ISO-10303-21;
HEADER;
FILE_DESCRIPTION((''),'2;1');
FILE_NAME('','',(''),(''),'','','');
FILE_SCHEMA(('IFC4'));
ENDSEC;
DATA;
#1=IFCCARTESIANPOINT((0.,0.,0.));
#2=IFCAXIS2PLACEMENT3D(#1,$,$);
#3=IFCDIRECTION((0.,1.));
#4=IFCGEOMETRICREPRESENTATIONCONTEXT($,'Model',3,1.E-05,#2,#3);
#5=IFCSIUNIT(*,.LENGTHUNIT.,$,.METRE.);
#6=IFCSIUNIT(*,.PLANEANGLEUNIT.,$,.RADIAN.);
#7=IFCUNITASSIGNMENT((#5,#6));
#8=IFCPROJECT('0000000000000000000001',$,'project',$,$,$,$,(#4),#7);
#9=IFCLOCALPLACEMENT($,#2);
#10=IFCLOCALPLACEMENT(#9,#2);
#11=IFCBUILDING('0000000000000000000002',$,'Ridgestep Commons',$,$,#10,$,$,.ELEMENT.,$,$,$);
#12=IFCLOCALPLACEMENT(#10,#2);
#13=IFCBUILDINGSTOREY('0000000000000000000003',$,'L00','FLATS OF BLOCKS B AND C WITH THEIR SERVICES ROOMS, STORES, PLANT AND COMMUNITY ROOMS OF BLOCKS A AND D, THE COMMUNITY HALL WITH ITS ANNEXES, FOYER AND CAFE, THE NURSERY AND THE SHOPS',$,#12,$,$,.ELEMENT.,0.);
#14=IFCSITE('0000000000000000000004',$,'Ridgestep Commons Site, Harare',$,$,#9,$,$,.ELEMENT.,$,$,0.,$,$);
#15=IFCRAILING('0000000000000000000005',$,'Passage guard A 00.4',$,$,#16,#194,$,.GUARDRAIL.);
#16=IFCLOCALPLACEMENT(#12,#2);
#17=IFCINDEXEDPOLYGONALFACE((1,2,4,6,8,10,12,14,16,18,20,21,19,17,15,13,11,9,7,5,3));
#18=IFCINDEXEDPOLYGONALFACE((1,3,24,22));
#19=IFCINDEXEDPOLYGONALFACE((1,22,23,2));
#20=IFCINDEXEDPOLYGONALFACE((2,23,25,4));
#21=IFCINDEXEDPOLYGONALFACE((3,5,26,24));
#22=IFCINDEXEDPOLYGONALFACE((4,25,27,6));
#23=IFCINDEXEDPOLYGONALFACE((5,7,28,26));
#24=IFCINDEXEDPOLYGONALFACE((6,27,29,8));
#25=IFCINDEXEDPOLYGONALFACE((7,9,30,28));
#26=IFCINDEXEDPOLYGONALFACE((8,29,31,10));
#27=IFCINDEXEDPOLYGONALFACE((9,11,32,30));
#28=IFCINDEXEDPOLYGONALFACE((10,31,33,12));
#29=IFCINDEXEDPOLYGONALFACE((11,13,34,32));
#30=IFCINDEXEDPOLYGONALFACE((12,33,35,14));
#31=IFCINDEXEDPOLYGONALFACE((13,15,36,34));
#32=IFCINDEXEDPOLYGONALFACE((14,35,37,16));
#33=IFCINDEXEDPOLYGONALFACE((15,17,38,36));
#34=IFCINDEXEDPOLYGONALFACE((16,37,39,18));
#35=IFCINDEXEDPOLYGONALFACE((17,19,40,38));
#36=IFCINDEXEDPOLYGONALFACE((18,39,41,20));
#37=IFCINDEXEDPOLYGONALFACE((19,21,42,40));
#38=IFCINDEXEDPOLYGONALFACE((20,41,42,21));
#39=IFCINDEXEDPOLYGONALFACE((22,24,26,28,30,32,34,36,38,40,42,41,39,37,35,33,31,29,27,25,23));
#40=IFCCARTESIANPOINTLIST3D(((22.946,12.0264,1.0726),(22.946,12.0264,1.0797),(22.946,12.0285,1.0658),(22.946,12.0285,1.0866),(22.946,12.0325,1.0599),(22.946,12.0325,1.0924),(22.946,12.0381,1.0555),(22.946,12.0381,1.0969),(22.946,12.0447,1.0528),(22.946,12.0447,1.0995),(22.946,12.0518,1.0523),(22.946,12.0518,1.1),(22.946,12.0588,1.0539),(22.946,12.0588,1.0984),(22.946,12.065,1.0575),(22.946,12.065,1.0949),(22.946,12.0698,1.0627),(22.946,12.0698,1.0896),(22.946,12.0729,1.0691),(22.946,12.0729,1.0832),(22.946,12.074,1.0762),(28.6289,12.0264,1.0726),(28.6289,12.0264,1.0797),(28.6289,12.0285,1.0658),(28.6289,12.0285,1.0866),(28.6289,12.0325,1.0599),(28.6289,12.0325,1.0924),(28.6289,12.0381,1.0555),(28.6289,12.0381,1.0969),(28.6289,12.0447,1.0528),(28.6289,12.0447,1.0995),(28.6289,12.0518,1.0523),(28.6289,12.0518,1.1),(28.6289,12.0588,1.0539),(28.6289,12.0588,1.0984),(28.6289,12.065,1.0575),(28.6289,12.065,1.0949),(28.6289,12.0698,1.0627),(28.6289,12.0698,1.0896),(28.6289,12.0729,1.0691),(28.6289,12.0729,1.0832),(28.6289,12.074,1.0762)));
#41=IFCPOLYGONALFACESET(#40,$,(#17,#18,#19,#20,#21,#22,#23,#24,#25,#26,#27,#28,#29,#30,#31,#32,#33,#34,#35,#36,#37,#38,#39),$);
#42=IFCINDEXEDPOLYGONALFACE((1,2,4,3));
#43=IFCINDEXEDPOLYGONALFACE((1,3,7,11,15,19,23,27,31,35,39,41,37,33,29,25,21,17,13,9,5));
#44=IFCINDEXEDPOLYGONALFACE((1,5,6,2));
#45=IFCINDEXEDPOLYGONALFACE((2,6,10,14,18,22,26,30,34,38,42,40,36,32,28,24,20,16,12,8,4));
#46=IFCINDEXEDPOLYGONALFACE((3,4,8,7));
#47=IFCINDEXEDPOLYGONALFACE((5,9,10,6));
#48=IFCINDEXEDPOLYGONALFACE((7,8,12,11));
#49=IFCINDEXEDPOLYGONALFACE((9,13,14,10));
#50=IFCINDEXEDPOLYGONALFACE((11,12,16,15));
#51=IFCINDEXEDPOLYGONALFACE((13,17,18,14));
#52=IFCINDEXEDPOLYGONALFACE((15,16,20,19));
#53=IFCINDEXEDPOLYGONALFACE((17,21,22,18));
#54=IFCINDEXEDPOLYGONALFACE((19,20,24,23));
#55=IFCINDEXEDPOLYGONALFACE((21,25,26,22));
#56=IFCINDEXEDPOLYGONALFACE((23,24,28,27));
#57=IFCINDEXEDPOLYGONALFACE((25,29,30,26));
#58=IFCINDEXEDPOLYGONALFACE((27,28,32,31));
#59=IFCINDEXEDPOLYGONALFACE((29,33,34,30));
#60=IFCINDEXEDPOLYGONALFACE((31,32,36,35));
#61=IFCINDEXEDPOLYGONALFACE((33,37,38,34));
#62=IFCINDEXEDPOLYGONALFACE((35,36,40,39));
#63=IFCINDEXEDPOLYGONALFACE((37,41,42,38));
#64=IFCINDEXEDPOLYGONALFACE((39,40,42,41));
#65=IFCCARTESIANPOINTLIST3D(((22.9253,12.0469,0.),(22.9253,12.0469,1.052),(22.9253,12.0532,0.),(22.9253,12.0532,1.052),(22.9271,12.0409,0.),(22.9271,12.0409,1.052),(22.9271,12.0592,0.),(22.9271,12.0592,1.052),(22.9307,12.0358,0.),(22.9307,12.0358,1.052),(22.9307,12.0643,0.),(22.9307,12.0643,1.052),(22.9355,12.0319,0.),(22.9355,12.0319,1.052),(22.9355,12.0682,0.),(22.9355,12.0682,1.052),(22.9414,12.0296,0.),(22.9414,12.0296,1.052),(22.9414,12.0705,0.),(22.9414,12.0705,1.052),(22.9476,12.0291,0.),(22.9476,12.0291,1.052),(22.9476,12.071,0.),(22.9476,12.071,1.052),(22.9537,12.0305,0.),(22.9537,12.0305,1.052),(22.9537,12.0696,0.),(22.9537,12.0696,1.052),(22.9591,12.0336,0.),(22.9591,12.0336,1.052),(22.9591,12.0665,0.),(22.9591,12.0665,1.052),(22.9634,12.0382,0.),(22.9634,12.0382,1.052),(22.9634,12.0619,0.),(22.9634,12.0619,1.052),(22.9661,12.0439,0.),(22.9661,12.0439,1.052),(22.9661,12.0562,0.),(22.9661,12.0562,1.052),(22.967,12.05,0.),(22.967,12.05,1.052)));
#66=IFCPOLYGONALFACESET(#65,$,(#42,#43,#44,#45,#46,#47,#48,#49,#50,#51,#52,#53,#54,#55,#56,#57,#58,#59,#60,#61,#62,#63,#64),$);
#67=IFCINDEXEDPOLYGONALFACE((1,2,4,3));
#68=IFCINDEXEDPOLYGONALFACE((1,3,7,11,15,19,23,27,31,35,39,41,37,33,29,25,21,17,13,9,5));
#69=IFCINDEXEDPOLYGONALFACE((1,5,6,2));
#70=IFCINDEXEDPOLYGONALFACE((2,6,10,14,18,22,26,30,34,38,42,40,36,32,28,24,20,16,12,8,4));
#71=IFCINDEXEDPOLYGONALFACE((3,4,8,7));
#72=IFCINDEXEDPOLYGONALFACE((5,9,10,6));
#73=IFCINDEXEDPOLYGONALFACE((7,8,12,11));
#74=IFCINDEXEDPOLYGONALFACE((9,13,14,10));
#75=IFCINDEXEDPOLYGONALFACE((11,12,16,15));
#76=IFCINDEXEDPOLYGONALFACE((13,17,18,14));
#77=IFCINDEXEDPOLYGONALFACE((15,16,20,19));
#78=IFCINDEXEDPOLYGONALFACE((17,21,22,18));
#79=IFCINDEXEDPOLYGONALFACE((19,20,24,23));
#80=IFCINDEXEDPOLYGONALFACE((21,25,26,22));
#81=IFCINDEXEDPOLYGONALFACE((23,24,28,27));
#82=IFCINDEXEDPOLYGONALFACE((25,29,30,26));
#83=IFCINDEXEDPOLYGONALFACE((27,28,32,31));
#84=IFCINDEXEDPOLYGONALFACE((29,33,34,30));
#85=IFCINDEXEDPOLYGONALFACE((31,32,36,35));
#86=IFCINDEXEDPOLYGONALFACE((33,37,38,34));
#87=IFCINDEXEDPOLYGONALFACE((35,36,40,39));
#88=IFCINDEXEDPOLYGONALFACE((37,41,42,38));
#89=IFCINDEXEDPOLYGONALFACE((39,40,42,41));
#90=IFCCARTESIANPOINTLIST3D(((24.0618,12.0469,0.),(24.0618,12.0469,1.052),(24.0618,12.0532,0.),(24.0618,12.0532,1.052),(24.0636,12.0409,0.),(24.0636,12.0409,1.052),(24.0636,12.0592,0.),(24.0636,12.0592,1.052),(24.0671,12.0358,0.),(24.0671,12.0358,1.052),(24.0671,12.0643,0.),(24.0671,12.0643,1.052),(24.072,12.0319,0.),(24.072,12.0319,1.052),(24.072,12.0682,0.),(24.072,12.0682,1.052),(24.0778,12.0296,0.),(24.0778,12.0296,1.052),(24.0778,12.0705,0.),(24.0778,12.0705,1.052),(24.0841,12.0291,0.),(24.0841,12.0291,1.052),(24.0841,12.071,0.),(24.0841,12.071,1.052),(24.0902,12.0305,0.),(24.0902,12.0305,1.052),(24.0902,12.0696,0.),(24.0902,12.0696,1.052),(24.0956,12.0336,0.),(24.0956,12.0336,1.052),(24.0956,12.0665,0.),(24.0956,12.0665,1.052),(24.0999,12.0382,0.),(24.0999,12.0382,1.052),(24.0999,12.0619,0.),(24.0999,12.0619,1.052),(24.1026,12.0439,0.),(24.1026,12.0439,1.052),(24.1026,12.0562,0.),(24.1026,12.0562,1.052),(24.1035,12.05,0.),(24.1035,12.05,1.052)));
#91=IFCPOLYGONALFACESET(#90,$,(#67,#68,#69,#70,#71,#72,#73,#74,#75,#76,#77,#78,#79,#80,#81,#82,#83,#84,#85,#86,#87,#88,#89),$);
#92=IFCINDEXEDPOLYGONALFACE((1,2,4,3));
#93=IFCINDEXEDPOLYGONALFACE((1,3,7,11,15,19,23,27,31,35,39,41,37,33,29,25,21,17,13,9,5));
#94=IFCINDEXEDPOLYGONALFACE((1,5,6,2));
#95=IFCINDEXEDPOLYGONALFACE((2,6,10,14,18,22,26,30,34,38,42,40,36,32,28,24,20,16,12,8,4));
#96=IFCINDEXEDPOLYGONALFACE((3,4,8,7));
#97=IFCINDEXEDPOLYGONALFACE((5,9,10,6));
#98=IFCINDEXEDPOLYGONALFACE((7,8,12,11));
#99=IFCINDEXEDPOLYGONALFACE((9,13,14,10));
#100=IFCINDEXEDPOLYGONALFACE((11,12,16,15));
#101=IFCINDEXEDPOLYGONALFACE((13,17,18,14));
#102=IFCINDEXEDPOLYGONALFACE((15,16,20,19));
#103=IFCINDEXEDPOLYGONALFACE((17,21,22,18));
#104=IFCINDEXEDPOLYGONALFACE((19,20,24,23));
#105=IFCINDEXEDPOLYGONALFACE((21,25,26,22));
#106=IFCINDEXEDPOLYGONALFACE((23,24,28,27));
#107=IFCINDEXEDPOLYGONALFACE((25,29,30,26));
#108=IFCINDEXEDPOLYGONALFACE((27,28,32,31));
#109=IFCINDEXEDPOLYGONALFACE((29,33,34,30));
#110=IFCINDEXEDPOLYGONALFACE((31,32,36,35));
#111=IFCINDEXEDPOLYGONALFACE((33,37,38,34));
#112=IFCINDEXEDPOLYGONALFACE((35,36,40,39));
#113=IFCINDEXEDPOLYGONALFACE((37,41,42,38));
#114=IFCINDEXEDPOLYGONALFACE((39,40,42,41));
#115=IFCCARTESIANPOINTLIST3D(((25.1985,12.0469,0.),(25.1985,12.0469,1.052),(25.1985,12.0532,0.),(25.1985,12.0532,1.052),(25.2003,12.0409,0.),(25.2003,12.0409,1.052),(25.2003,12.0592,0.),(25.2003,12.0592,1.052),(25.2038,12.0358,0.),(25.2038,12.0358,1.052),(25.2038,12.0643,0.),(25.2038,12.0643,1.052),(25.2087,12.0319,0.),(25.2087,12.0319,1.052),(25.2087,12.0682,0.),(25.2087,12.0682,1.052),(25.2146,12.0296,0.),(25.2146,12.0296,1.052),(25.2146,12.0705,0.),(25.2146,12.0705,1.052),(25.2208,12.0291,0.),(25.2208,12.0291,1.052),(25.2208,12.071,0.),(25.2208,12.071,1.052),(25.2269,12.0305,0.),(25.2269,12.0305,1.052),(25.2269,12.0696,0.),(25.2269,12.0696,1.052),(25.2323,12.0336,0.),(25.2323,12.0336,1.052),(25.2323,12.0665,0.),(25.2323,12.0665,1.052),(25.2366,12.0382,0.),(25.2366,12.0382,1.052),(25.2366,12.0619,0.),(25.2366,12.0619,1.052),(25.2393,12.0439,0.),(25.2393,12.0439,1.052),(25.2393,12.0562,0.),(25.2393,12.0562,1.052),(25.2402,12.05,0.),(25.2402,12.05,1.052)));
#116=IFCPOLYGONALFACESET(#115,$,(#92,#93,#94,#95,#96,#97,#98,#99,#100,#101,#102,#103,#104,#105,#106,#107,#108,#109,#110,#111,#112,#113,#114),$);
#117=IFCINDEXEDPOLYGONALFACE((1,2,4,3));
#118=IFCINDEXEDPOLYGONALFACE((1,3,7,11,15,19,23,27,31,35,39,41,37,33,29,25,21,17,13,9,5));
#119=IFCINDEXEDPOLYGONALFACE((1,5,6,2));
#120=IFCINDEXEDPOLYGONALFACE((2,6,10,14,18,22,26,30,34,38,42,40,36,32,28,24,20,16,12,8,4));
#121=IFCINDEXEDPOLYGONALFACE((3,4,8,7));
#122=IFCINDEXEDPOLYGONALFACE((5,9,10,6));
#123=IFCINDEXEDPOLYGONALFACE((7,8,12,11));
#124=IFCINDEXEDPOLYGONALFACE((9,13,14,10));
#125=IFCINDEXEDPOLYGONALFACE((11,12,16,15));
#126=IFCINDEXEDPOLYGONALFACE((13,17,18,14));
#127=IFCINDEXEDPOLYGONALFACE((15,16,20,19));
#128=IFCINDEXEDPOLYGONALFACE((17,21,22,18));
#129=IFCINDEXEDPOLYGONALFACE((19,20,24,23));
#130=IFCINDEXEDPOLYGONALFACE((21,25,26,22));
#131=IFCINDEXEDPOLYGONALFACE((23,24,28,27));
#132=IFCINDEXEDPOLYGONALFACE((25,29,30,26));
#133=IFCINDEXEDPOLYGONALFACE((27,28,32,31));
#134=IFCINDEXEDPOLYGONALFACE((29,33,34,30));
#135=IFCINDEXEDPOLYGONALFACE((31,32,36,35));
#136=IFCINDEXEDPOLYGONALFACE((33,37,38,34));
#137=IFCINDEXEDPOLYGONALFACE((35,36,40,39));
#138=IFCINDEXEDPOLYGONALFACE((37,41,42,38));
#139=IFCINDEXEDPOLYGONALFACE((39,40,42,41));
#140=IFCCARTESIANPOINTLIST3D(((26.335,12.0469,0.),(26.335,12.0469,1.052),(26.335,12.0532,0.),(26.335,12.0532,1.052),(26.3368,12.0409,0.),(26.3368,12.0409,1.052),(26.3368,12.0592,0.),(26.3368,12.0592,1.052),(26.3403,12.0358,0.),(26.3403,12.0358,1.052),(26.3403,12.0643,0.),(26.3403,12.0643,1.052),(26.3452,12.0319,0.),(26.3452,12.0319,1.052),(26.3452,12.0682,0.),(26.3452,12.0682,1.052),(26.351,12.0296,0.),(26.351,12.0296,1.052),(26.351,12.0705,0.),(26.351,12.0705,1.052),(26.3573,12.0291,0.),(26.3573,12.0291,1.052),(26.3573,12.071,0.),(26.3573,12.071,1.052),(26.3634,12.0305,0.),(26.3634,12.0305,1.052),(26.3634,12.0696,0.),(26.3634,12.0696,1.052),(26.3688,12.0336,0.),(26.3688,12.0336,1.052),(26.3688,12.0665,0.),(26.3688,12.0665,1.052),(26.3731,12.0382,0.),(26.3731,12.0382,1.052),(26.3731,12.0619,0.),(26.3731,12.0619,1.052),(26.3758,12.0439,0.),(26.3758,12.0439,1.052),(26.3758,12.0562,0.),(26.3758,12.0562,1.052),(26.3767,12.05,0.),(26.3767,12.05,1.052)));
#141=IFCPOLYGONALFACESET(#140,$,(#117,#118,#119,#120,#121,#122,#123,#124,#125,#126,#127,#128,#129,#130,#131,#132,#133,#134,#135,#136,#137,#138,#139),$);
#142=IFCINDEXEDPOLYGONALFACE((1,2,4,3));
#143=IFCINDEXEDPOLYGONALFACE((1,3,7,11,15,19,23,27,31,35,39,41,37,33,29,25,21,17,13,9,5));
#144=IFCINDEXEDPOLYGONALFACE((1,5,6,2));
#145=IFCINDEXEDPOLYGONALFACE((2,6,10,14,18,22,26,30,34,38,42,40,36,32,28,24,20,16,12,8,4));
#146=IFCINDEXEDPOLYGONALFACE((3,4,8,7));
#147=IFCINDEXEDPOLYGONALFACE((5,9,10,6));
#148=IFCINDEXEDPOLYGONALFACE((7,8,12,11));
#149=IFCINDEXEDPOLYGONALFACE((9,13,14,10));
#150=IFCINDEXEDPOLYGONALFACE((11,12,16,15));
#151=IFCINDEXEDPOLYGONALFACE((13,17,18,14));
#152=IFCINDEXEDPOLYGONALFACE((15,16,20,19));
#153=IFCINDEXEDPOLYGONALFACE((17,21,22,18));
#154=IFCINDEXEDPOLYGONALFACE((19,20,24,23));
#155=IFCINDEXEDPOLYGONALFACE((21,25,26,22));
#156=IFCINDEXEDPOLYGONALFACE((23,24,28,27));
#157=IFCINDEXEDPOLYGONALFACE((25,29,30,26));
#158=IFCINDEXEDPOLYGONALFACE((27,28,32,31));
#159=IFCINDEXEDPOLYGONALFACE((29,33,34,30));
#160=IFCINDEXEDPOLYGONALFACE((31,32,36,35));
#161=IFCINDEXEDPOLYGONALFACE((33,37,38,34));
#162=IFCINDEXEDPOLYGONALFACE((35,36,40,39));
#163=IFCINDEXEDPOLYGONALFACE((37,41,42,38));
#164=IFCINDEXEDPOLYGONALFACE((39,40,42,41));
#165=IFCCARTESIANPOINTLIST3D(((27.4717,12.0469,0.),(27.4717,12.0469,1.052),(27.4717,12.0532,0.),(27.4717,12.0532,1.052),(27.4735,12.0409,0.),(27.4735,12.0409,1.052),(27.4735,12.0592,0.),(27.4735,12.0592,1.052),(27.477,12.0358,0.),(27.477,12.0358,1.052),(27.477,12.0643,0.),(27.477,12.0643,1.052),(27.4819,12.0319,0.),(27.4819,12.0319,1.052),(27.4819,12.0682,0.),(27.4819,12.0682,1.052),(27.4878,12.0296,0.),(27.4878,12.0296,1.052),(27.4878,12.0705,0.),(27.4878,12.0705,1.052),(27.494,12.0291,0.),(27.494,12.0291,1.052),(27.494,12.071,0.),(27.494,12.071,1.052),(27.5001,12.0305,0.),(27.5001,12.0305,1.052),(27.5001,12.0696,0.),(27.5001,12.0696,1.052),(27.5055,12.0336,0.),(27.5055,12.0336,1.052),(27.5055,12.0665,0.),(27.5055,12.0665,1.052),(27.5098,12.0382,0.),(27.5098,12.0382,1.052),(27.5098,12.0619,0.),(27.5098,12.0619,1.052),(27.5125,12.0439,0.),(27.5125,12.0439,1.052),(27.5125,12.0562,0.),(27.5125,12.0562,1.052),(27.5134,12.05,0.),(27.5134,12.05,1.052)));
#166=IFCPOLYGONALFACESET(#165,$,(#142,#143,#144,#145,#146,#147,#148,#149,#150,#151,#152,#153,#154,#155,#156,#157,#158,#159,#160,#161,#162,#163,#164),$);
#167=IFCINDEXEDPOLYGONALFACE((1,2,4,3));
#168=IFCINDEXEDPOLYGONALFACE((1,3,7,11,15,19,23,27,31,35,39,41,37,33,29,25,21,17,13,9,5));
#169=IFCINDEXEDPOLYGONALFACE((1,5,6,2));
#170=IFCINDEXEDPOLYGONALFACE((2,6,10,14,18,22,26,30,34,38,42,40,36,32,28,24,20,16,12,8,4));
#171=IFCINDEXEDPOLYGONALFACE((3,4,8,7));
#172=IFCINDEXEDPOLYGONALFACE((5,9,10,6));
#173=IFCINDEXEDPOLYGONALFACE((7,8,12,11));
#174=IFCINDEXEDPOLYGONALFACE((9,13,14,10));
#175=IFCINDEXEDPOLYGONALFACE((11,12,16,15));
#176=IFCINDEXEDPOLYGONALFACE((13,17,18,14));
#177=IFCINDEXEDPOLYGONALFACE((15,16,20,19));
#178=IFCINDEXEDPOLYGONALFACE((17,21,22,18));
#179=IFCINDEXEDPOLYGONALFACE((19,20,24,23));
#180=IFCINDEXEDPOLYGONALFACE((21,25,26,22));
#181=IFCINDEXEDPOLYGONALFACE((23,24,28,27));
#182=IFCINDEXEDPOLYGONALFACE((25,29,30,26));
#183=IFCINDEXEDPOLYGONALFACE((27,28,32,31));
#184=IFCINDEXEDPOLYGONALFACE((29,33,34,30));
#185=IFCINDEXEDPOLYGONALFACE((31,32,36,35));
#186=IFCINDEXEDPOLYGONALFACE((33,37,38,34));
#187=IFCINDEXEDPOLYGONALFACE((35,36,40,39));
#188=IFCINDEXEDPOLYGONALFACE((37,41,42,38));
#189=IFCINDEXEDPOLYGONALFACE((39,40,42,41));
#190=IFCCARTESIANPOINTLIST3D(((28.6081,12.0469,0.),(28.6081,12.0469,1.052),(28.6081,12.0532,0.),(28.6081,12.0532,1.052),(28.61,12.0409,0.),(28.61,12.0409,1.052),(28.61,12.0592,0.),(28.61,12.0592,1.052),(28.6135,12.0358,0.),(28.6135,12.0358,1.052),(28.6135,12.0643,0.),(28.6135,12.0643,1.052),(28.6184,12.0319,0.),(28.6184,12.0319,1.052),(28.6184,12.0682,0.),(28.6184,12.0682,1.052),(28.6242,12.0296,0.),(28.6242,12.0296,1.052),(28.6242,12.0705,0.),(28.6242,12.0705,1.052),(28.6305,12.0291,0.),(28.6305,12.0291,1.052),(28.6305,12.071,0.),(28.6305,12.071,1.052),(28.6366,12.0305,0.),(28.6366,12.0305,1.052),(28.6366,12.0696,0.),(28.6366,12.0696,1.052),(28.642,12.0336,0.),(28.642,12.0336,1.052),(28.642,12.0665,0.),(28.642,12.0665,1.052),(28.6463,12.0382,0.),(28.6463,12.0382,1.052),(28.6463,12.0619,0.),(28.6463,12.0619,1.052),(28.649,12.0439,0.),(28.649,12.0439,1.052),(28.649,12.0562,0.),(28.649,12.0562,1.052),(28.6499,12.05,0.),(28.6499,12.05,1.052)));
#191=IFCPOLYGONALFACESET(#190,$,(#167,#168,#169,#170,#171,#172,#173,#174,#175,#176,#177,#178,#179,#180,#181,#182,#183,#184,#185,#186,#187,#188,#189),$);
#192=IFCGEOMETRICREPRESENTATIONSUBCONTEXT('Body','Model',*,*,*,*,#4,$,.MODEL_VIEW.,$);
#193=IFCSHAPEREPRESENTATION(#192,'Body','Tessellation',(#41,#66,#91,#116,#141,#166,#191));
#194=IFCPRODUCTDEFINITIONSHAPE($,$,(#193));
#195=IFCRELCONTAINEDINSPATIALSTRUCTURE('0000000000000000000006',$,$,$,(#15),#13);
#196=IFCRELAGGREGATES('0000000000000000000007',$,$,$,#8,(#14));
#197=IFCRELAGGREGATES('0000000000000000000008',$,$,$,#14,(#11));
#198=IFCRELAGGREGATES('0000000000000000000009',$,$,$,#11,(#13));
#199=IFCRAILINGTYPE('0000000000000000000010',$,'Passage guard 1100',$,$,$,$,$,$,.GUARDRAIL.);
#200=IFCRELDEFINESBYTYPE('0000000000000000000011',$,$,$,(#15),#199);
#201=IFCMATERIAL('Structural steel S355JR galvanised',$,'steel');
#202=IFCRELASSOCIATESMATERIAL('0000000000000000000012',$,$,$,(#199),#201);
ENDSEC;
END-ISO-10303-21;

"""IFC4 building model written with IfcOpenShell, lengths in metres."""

from ifc_helpers import new_model, si_unit, direction, frame, origin, origin_2d, place, context, subcontext, project, spatial, circle, extrude, material, type_object, element, save


model = new_model("IFC4")

# Units and contexts
model_context = context("Model", 3, precision=1e-05, world=origin(), true_north=direction((0.0, 1.0)))
body_context = subcontext(model_context, "Body", "Model", "MODEL_VIEW")
ifc_project = project(units=[si_unit("LENGTHUNIT", "METRE"), si_unit("PLANEANGLEUNIT", "RADIAN")], contexts=[model_context])

# Site, building, storey
site_placement = place(None, origin())
site = spatial("IfcSite", under=ifc_project, at=site_placement, Name="Ridgestep Commons Site, Harare", CompositionType="ELEMENT", RefElevation=0.0)
building_placement = place(site_placement, origin())
building = spatial("IfcBuilding", under=site, at=building_placement, Name="Ridgestep Commons", CompositionType="ELEMENT")
storey_placement = place(building_placement, origin())
storey = spatial("IfcBuildingStorey", under=building, at=storey_placement, Name="L00", Description="FLATS OF BLOCKS B AND C WITH THEIR SERVICES ROOMS, STORES, PLANT AND COMMUNITY ROOMS OF BLOCKS A AND D, THE COMMUNITY HALL WITH ITS ANNEXES, FOYER AND CAFE, THE NURSERY AND THE SHOPS", CompositionType="ELEMENT", Elevation=0.0)

# Railing
ifc_material_1 = material(Name="Structural steel S355JR galvanised", Category="steel")
railing_type = type_object("IfcRailingType", Name="Passage guard 1100", PredefinedType="GUARDRAIL", material=ifc_material_1)
railing_1_placement = place(storey_placement, frame((22.946, 12.05, 0.0)))
element("IfcRailing", 1, at=railing_1_placement, inside=storey, type_object=railing_type, Name="Passage guard A 00.4", PredefinedType="GUARDRAIL", context=body_context, shape_type="SweptSolid", body=[
    extrude(circle(Radius=0.0239, at=origin_2d()), frame((0.0, 0.0, 1.0762), z_axis=(1.0, 0.0, 0.0), x_axis=(0.0, 1.0, 0.0)), (0.0, 0.0, 1.0), 5.6829),
    extrude(circle(Radius=0.021, at=origin_2d()), origin(), (0.0, 0.0, 1.0), 1.052),
    extrude(circle(Radius=0.021, at=origin_2d()), frame((1.1365, 0.0, 0.0)), (0.0, 0.0, 1.0), 1.052),
    extrude(circle(Radius=0.021, at=origin_2d()), frame((2.2732, 0.0, 0.0)), (0.0, 0.0, 1.0), 1.052),
    extrude(circle(Radius=0.021, at=origin_2d()), frame((3.4097, 0.0, 0.0)), (0.0, 0.0, 1.0), 1.052),
    extrude(circle(Radius=0.021, at=origin_2d()), frame((4.5464, 0.0, 0.0)), (0.0, 0.0, 1.0), 1.052),
    extrude(circle(Radius=0.021, at=origin_2d()), frame((5.6829, 0.0, 0.0)), (0.0, 0.0, 1.0), 1.052),
])

save(model, "model.ifc")
